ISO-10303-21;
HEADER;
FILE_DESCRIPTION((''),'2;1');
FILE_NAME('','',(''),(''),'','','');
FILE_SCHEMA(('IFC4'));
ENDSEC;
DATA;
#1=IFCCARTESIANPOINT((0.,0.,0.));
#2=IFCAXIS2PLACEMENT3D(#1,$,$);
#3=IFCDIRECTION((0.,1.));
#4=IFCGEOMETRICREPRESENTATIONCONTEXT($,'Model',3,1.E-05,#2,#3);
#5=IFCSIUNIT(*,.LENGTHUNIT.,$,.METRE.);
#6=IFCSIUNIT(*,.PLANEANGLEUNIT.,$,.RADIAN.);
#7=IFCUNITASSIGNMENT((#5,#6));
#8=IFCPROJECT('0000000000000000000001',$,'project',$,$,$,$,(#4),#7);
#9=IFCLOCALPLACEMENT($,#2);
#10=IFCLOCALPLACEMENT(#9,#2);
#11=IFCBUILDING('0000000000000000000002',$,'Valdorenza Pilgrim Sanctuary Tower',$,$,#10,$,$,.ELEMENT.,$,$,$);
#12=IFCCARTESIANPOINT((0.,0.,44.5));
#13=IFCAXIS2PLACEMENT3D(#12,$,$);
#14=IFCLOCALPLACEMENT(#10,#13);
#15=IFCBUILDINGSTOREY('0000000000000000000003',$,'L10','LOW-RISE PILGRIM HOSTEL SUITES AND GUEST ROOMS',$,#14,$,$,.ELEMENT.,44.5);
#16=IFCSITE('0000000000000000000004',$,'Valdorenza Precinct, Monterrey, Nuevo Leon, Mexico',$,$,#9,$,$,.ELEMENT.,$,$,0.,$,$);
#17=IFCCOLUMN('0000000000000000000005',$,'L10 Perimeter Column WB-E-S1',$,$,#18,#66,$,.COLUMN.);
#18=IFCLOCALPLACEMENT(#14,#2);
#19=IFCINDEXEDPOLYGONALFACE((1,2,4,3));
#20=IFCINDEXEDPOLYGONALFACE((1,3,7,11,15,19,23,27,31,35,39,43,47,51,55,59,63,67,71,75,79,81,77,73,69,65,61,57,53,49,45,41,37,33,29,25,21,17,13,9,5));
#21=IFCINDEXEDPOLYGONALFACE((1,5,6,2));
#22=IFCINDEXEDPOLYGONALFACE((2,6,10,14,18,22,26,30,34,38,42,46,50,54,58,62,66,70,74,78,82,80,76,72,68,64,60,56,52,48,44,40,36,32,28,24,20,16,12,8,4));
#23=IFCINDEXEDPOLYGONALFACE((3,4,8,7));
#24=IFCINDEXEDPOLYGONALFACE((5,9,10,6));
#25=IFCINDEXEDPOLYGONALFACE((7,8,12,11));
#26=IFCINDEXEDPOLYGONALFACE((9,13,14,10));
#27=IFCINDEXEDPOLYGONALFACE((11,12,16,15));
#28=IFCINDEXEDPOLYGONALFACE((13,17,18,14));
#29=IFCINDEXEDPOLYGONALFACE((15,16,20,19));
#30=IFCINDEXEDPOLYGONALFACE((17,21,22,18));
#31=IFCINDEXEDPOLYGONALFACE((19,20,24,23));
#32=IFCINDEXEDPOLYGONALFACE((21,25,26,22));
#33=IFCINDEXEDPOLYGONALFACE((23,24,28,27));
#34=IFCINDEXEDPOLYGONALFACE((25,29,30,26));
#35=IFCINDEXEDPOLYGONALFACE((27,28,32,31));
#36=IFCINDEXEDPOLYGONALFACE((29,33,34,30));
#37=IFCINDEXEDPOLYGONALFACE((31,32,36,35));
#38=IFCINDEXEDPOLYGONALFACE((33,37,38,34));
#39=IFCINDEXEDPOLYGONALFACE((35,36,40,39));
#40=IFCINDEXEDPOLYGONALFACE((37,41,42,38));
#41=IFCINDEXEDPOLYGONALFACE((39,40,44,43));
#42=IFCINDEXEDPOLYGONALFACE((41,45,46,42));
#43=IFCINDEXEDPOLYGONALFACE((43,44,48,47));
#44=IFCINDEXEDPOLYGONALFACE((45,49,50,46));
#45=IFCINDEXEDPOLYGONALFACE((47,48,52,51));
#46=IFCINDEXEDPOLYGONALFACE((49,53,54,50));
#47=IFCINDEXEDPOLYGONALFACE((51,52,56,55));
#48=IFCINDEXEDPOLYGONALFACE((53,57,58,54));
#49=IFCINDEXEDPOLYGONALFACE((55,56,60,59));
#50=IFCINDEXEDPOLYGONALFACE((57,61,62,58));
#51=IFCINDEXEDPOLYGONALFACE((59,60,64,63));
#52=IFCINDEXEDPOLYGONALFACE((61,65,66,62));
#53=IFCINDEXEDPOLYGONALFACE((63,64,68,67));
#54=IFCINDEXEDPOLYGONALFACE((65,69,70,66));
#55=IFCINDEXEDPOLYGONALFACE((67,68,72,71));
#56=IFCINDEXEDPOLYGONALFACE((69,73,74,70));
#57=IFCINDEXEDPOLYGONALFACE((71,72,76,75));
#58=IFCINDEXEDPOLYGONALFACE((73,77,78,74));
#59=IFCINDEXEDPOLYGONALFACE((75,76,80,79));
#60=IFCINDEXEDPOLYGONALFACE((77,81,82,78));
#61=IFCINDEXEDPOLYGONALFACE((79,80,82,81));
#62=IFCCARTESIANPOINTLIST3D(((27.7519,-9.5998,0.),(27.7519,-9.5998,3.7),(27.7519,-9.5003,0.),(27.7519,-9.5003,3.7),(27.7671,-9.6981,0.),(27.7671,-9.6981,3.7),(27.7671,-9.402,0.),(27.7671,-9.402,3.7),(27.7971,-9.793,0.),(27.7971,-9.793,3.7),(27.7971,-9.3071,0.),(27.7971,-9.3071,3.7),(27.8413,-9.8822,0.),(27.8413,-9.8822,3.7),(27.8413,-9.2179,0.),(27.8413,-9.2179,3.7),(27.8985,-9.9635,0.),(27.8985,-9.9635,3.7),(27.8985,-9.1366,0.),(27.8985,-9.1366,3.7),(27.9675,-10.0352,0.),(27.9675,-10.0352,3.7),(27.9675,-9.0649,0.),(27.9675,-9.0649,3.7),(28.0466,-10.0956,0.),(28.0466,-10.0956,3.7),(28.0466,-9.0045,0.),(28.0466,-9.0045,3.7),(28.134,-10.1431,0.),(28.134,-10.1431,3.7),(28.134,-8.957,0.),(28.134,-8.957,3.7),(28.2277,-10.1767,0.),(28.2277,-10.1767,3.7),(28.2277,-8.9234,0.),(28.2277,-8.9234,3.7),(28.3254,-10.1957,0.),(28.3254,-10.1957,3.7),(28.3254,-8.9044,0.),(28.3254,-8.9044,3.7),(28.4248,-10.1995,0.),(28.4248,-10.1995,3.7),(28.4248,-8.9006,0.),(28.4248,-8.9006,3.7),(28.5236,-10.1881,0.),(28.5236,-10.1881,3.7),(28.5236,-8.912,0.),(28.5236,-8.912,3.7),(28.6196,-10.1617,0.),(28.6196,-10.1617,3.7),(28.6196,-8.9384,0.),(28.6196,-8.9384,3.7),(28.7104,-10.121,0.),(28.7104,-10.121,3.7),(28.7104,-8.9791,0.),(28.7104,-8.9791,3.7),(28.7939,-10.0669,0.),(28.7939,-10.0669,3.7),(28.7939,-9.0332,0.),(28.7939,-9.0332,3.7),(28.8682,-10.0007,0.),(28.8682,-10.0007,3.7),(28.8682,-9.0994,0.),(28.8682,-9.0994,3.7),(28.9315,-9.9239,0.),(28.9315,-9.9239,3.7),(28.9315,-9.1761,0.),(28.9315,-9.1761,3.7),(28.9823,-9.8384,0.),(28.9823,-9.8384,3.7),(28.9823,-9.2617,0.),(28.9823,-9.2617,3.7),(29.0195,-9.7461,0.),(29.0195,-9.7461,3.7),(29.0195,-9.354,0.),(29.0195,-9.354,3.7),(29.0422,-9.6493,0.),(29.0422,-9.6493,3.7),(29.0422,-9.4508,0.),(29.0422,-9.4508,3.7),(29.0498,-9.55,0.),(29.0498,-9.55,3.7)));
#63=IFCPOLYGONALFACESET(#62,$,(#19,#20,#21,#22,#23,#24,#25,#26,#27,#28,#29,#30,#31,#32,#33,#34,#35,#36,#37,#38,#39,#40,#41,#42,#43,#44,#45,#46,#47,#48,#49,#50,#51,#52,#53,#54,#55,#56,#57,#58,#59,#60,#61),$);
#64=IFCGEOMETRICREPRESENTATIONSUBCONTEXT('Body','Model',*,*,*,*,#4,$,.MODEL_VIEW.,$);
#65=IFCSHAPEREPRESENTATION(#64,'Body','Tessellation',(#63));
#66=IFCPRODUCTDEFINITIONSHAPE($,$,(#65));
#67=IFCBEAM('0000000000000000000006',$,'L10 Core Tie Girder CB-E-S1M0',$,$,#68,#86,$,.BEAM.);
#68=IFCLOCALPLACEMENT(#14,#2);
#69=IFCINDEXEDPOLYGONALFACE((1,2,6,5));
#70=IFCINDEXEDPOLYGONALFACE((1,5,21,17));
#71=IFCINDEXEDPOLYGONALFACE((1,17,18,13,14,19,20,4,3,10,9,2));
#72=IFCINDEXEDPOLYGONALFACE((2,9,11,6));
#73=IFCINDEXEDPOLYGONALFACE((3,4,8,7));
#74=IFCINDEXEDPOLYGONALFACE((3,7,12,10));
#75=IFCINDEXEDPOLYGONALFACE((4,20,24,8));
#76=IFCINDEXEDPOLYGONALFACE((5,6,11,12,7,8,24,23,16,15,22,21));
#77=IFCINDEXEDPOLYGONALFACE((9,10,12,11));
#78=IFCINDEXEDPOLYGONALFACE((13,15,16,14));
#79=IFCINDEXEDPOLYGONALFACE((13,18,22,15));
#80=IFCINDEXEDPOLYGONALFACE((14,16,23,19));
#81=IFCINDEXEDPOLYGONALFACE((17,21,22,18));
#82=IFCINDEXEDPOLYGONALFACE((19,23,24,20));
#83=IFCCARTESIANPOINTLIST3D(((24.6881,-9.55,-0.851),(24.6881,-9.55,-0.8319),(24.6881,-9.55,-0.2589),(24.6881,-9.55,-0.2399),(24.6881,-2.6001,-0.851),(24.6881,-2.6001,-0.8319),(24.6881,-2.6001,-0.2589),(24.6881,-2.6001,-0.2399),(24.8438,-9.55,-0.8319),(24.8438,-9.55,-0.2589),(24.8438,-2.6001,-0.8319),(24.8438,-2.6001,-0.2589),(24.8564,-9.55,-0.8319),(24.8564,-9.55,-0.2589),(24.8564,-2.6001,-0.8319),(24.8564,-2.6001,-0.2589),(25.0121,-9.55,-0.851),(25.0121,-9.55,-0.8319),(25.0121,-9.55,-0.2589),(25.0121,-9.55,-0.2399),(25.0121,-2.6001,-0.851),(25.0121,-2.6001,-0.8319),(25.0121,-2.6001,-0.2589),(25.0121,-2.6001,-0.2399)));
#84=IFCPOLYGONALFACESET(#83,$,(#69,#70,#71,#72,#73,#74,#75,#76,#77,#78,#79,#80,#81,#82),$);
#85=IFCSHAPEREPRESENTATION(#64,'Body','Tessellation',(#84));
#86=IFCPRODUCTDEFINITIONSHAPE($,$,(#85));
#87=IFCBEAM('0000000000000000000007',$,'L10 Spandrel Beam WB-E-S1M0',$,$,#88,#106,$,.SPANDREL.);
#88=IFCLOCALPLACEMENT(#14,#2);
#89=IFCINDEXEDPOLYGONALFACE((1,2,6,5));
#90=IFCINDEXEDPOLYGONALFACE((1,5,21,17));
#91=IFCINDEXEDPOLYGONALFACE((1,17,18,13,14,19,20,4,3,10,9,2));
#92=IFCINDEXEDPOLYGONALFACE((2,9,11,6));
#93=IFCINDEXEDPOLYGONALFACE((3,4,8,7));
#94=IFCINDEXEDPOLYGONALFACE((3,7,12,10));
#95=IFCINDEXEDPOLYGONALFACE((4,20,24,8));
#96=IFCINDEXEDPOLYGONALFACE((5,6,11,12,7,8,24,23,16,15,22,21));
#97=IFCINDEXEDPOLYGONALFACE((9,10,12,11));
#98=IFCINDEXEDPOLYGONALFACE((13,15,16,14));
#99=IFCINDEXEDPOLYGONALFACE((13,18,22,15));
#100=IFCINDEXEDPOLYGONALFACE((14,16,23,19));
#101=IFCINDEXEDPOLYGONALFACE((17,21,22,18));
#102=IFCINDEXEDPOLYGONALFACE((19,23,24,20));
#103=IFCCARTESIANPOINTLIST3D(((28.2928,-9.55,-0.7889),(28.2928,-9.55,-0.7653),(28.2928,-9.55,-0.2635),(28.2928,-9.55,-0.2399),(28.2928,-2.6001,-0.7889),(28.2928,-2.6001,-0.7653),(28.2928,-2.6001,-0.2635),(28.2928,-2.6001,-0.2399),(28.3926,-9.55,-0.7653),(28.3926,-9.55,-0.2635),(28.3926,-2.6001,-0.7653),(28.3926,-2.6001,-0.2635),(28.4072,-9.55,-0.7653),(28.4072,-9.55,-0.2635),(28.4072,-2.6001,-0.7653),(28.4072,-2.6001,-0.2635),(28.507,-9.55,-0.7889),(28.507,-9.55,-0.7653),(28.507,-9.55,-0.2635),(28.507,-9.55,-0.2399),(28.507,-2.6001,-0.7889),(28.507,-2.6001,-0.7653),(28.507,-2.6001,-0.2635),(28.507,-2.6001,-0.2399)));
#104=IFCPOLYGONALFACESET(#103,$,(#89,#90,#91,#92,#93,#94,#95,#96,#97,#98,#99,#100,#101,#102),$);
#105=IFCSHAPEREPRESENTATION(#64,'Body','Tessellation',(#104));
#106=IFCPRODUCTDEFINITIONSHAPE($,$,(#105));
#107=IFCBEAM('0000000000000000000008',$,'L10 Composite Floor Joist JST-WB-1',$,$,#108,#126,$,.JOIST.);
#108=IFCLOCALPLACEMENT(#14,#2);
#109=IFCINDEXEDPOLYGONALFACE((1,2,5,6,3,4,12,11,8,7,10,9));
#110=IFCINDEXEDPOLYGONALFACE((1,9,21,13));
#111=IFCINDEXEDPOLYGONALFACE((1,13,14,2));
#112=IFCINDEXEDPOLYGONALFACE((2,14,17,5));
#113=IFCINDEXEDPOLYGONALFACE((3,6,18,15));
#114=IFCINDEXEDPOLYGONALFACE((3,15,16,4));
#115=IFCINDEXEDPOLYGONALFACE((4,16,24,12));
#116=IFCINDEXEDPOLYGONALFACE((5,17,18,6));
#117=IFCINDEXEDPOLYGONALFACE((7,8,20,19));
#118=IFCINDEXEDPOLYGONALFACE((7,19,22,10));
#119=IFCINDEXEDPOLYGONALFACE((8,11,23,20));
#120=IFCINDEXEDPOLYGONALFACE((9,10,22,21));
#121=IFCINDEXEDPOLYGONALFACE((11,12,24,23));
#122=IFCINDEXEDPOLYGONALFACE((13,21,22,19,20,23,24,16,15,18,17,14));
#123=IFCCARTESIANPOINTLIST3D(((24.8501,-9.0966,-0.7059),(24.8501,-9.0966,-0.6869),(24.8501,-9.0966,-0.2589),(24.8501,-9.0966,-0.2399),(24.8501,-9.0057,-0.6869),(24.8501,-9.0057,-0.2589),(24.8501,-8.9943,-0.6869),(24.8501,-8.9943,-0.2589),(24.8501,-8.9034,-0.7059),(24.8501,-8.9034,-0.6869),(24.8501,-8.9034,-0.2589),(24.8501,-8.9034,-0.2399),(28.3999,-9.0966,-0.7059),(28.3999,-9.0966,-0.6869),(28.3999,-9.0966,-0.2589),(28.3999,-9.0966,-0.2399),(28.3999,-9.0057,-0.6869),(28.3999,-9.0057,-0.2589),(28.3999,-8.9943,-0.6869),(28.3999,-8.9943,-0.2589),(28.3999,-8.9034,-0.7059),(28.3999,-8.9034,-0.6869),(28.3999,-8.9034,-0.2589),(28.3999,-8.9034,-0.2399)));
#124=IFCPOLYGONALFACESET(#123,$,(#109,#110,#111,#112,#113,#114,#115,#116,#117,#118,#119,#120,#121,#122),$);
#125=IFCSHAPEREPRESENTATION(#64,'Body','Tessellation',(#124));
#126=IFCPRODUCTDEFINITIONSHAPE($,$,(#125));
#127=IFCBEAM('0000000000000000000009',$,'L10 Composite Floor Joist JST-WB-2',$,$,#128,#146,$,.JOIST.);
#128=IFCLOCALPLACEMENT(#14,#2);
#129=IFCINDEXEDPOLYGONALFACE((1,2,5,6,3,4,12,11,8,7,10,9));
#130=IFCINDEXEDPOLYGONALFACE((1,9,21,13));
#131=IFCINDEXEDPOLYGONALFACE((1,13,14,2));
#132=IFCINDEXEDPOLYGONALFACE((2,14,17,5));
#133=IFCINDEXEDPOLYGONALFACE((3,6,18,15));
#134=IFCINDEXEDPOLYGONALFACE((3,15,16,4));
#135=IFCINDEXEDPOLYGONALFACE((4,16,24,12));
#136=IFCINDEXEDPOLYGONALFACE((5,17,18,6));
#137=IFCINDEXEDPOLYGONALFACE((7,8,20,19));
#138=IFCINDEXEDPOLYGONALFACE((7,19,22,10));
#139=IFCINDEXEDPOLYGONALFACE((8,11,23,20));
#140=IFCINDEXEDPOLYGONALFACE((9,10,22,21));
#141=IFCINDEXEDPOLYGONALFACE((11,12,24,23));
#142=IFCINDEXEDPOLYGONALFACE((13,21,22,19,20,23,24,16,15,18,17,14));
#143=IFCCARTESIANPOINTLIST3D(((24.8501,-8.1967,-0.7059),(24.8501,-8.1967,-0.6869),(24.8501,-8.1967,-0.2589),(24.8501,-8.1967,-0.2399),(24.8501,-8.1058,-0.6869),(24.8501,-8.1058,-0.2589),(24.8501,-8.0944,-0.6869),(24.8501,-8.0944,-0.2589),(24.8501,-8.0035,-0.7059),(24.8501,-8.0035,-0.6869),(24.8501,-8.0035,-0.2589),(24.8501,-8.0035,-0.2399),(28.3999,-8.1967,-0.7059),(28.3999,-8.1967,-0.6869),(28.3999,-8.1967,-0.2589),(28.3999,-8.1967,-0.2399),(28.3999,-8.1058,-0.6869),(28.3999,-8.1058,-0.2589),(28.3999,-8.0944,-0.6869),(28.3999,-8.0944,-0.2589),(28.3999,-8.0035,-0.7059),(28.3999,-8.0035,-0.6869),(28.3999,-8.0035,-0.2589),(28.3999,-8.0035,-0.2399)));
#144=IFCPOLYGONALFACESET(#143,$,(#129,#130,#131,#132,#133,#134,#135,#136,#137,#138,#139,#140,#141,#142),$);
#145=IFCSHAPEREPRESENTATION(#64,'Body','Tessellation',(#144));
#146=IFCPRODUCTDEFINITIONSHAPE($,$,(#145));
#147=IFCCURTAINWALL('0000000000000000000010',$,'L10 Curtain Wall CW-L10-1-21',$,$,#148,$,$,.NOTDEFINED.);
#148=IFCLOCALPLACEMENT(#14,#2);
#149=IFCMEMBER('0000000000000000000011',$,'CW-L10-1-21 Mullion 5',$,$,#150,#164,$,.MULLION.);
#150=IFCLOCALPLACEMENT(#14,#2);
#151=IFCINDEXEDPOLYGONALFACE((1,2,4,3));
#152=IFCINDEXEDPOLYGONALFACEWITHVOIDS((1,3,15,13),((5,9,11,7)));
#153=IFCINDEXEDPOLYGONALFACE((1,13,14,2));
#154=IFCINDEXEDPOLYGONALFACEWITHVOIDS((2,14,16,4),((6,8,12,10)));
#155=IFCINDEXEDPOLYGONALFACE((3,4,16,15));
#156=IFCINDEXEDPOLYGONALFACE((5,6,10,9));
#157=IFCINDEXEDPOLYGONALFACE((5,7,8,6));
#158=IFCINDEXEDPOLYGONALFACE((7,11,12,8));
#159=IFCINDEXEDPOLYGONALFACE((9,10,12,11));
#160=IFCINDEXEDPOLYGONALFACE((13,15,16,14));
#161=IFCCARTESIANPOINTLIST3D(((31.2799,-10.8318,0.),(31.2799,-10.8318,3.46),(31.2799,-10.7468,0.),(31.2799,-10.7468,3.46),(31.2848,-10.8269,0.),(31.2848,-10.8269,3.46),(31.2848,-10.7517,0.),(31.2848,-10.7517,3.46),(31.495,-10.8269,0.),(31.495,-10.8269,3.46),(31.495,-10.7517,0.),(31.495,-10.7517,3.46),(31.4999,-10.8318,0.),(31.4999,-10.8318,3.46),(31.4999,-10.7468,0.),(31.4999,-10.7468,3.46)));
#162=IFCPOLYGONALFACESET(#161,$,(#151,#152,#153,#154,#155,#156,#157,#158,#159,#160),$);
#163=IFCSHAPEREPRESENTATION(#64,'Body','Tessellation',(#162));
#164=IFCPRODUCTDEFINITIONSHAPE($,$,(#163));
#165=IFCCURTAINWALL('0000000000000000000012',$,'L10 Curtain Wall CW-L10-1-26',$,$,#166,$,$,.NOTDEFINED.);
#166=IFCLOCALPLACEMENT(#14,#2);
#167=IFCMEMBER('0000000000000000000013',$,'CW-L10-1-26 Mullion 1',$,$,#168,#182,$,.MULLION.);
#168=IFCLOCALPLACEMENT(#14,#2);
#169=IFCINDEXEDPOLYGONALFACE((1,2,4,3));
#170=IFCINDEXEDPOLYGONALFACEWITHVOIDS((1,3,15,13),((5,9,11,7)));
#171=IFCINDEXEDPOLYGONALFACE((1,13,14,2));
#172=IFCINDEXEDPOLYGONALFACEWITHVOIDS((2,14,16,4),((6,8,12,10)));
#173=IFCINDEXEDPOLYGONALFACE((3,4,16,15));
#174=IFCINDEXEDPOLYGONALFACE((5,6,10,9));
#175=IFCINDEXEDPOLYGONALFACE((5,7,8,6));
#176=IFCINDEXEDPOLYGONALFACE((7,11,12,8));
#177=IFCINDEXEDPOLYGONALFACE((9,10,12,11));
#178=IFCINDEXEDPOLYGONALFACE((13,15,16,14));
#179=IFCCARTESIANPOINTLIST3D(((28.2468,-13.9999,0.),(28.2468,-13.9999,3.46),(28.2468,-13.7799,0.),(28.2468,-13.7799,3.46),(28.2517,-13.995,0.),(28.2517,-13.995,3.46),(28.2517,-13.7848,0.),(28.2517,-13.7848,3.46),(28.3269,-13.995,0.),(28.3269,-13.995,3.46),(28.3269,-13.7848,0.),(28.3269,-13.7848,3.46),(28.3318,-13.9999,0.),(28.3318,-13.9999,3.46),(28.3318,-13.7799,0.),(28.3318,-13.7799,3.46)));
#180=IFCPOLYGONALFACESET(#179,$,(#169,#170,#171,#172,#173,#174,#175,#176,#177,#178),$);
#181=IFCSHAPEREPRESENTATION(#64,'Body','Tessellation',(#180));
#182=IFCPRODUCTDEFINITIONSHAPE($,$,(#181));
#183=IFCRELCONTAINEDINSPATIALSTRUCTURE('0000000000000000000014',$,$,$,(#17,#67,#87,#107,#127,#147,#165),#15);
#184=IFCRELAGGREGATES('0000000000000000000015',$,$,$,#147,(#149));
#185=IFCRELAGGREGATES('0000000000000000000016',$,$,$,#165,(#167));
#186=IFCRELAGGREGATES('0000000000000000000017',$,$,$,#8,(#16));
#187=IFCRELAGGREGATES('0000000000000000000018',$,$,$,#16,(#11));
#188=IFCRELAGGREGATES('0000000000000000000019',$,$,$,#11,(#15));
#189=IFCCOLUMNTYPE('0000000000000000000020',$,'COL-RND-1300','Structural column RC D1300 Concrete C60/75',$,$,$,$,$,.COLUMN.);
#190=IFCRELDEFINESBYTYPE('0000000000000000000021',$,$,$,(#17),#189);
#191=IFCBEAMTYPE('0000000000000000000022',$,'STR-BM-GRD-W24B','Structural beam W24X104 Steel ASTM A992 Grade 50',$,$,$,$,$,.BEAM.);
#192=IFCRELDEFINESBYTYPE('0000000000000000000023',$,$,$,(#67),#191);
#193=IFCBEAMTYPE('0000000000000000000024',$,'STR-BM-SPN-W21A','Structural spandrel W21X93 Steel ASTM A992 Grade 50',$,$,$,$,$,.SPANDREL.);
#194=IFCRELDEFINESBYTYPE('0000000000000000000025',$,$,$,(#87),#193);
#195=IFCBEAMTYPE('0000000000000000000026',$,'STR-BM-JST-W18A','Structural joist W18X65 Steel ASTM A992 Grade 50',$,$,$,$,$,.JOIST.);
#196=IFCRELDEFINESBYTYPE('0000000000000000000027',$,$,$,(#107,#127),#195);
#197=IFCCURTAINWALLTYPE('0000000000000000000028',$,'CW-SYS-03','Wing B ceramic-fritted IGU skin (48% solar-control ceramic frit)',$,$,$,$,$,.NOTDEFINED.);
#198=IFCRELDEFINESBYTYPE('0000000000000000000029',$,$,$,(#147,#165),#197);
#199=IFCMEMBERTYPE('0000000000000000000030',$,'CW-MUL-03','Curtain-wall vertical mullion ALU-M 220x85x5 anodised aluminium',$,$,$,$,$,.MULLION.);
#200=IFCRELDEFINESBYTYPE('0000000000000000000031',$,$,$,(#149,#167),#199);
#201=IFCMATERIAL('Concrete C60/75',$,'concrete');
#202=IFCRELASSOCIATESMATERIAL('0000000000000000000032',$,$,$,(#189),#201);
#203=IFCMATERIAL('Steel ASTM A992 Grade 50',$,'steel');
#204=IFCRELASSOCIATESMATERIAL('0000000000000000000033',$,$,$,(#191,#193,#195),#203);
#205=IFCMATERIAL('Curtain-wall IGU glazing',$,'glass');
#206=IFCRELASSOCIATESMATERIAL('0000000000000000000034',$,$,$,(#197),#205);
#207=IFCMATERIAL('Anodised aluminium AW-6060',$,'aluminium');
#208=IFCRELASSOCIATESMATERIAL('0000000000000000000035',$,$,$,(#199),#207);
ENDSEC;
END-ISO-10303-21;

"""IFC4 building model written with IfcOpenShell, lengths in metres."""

from ifc_helpers import new_model, si_unit, direction, frame, origin, origin_2d, place, context, subcontext, project, spatial, hollow_rectangle, circle, i_section, extrude, source, transform, mapped, material, material_profile, profile_set, type_object, element, aggregate, save


model = new_model("IFC4")

# Units and contexts
model_context = context("Model", 3, precision=1e-05, world=origin(), true_north=direction((0.0, 1.0)))
body_context = subcontext(model_context, "Body", "Model", "MODEL_VIEW")
ifc_project = project(units=[si_unit("LENGTHUNIT", "METRE"), si_unit("PLANEANGLEUNIT", "RADIAN")], contexts=[model_context])

# Site, building, storey
site_placement = place(None, origin())
site = spatial("IfcSite", under=ifc_project, at=site_placement, Name="Valdorenza Precinct, Monterrey, Nuevo Leon, Mexico", CompositionType="ELEMENT", RefElevation=0.0)
building_placement = place(site_placement, origin())
building = spatial("IfcBuilding", under=site, at=building_placement, Name="Valdorenza Pilgrim Sanctuary Tower", CompositionType="ELEMENT")
storey_placement = place(building_placement, frame((0.0, 0.0, 44.5)))
storey = spatial("IfcBuildingStorey", under=building, at=storey_placement, Name="L10", Description="LOW-RISE PILGRIM HOSTEL SUITES AND GUEST ROOMS", CompositionType="ELEMENT", Elevation=44.5)

# Column
ifc_material_1 = material(Name="Concrete C60/75", Category="concrete")
ifc_material_profile_1 = material_profile(ifc_material_1, circle(Radius=0.6499, at=origin_2d()), Name="RC D1300")
ifc_profile_set_1 = profile_set([ifc_material_profile_1], Name="Concrete C60/75")
column_type = type_object("IfcColumnType", Name="COL-RND-1300", Description="Structural column RC D1300 Concrete C60/75", PredefinedType="COLUMN", material=ifc_profile_set_1)
shared_shape_1 = source(origin(), body_context, "Body", "SweptSolid", [
    extrude(circle(Radius=0.6499, at=origin_2d()), origin(), (0.0, 0.0, 1.0), 3.7),
])
column_placement = place(storey_placement, frame((28.3999, -9.55, 0.0), z_axis=(0.0, 0.0, 1.0), x_axis=(1.0, 0.0, 0.0)))
element("IfcColumn", 1, at=column_placement, inside=storey, type_object=column_type, Name="L10 Perimeter Column WB-E-S1", PredefinedType="COLUMN", context=body_context, shape_type="MappedRepresentation", body=[
    mapped(shared_shape_1, transform((0.0, 0.0, 0.0), x_axis=(1.0, 0.0, 0.0), y_axis=(0.0, 1.0, 0.0), z_axis=(0.0, 0.0, 1.0), scale=1.0)),
])

# Beams
ifc_material_2 = material(Name="Steel ASTM A992 Grade 50", Category="steel")
ifc_material_profile_2 = material_profile(ifc_material_2, i_section(OverallWidth=0.324, OverallDepth=0.6111, WebThickness=0.0127, FlangeThickness=0.019, at=origin_2d()), Name="W24X104")
ifc_profile_set_2 = profile_set([ifc_material_profile_2], Name="Steel ASTM A992 Grade 50")
beam_type_1 = type_object("IfcBeamType", Name="STR-BM-GRD-W24B", Description="Structural beam W24X104 Steel ASTM A992 Grade 50", PredefinedType="BEAM", material=ifc_profile_set_2)
shared_shape_2 = source(origin(), body_context, "Body", "SweptSolid", [
    extrude(i_section(OverallWidth=0.324, OverallDepth=0.6111, WebThickness=0.0127, FlangeThickness=0.019, at=origin_2d()), origin(), (0.0, 0.0, 1.0), 6.95),
])
beam_1_placement = place(storey_placement, frame((24.8501, -9.55, -0.5454), z_axis=(0.0, 1.0, 0.0), x_axis=(-1.0, 0.0, 0.0)))
element("IfcBeam", 2, at=beam_1_placement, inside=storey, type_object=beam_type_1, Name="L10 Core Tie Girder CB-E-S1M0", PredefinedType="BEAM", context=body_context, shape_type="MappedRepresentation", body=[
    mapped(shared_shape_2, transform((0.0, 0.0, 0.0), x_axis=(1.0, 0.0, 0.0), y_axis=(0.0, 1.0, 0.0), z_axis=(0.0, 0.0, 1.0), scale=1.0)),
])
ifc_material_profile_3 = material_profile(ifc_material_2, i_section(OverallWidth=0.2141, OverallDepth=0.5491, WebThickness=0.0146, FlangeThickness=0.0237, at=origin_2d()), Name="W21X93")
ifc_profile_set_3 = profile_set([ifc_material_profile_3], Name="Steel ASTM A992 Grade 50")
beam_type_2 = type_object("IfcBeamType", Name="STR-BM-SPN-W21A", Description="Structural spandrel W21X93 Steel ASTM A992 Grade 50", PredefinedType="SPANDREL", material=ifc_profile_set_3)
shared_shape_3 = source(origin(), body_context, "Body", "SweptSolid", [
    extrude(i_section(OverallWidth=0.2141, OverallDepth=0.5491, WebThickness=0.0146, FlangeThickness=0.0237, at=origin_2d()), origin(), (0.0, 0.0, 1.0), 6.95),
])
beam_2_placement = place(storey_placement, frame((28.3999, -9.55, -0.5144), z_axis=(0.0, 1.0, 0.0), x_axis=(-1.0, 0.0, 0.0)))
element("IfcBeam", 3, at=beam_2_placement, inside=storey, type_object=beam_type_2, Name="L10 Spandrel Beam WB-E-S1M0", PredefinedType="SPANDREL", context=body_context, shape_type="MappedRepresentation", body=[
    mapped(shared_shape_3, transform((0.0, 0.0, 0.0), x_axis=(1.0, 0.0, 0.0), y_axis=(0.0, 1.0, 0.0), z_axis=(0.0, 0.0, 1.0), scale=1.0)),
])
ifc_material_profile_4 = material_profile(ifc_material_2, i_section(OverallWidth=0.1931, OverallDepth=0.4661, WebThickness=0.0115, FlangeThickness=0.019, at=origin_2d()), Name="W18X65")
ifc_profile_set_4 = profile_set([ifc_material_profile_4], Name="Steel ASTM A992 Grade 50")
beam_type_3 = type_object("IfcBeamType", Name="STR-BM-JST-W18A", Description="Structural joist W18X65 Steel ASTM A992 Grade 50", PredefinedType="JOIST", material=ifc_profile_set_4)
shared_shape_4 = source(origin(), body_context, "Body", "SweptSolid", [
    extrude(i_section(OverallWidth=0.1931, OverallDepth=0.4661, WebThickness=0.0115, FlangeThickness=0.019, at=origin_2d()), origin(), (0.0, 0.0, 1.0), 3.5498),
])
for number, where, z_axis, x_axis, name in (
    (4, (24.8501, -9.0, -0.4729), (1.0, 0.0, 0.0), (0.0, 1.0, 0.0), "L10 Composite Floor Joist JST-WB-1"),
    (5, (24.8501, -8.1001, -0.4729), (1.0, 0.0, 0.0), (0.0, 1.0, 0.0), "L10 Composite Floor Joist JST-WB-2"),
):
    element("IfcBeam", number, at=place(storey_placement, frame(where, z_axis=z_axis, x_axis=x_axis)), inside=storey, type_object=beam_type_3, Name=name, PredefinedType="JOIST", context=body_context, shape_type="MappedRepresentation", body=[
        mapped(shared_shape_4, transform((0.0, 0.0, 0.0), x_axis=(1.0, 0.0, 0.0), y_axis=(0.0, 1.0, 0.0), z_axis=(0.0, 0.0, 1.0), scale=1.0)),
    ])

# Curtain wall, member
ifc_material_3 = material(Name="Curtain-wall IGU glazing", Category="glass")
curtain_wall_type = type_object("IfcCurtainWallType", Name="CW-SYS-03", Description="Wing B ceramic-fritted IGU skin (48% solar-control ceramic frit)", PredefinedType="NOTDEFINED", material=ifc_material_3)
curtain_wall_1_placement = place(storey_placement, origin())
curtain_wall_1 = element("IfcCurtainWall", 6, at=curtain_wall_1_placement, inside=storey, type_object=curtain_wall_type, Name="L10 Curtain Wall CW-L10-1-21", PredefinedType="NOTDEFINED")
ifc_material_4 = material(Name="Anodised aluminium AW-6060", Category="aluminium")
ifc_material_profile_5 = material_profile(ifc_material_4, hollow_rectangle(XDim=0.085, YDim=0.22, WallThickness=0.0049, at=origin_2d()), Name="ALU-M 220x85x5")
ifc_profile_set_5 = profile_set([ifc_material_profile_5], Name="Anodised aluminium AW-6060")
member_type_1 = type_object("IfcMemberType", Name="CW-MUL-03", Description="Curtain-wall vertical mullion ALU-M 220x85x5 anodised aluminium", PredefinedType="MULLION", material=ifc_profile_set_5)
shared_shape_5 = source(origin(), body_context, "Body", "SweptSolid", [
    extrude(hollow_rectangle(XDim=0.085, YDim=0.22, WallThickness=0.0049, at=origin_2d()), origin(), (0.0, 0.0, 1.0), 3.46),
])
member_1_placement = place(storey_placement, frame((31.3899, -10.7893, 0.0), z_axis=(0.0, 0.0, 1.0), x_axis=(0.0, -1.0, 0.0)))
member_1 = element("IfcMember", 7, at=member_1_placement, type_object=member_type_1, Name="CW-L10-1-21 Mullion 5", PredefinedType="MULLION", context=body_context, shape_type="MappedRepresentation", body=[
    mapped(shared_shape_5, transform((0.0, 0.0, 0.0), x_axis=(1.0, 0.0, 0.0), y_axis=(0.0, 1.0, 0.0), z_axis=(0.0, 0.0, 1.0), scale=1.0)),
])
aggregate(curtain_wall_1, [member_1])

# Curtain wall, member
curtain_wall_2_placement = place(storey_placement, origin())
curtain_wall_2 = element("IfcCurtainWall", 8, at=curtain_wall_2_placement, inside=storey, type_object=curtain_wall_type, Name="L10 Curtain Wall CW-L10-1-26", PredefinedType="NOTDEFINED")
member_2_placement = place(storey_placement, frame((28.2893, -13.8899, 0.0), z_axis=(0.0, 0.0, 1.0), x_axis=(-1.0, 0.0, 0.0)))
member_2 = element("IfcMember", 9, at=member_2_placement, type_object=member_type_1, Name="CW-L10-1-26 Mullion 1", PredefinedType="MULLION", context=body_context, shape_type="MappedRepresentation", body=[
    mapped(shared_shape_5, transform((0.0, 0.0, 0.0), x_axis=(1.0, 0.0, 0.0), y_axis=(0.0, 1.0, 0.0), z_axis=(0.0, 0.0, 1.0), scale=1.0)),
])
aggregate(curtain_wall_2, [member_2])

save(model, "model.ifc")
